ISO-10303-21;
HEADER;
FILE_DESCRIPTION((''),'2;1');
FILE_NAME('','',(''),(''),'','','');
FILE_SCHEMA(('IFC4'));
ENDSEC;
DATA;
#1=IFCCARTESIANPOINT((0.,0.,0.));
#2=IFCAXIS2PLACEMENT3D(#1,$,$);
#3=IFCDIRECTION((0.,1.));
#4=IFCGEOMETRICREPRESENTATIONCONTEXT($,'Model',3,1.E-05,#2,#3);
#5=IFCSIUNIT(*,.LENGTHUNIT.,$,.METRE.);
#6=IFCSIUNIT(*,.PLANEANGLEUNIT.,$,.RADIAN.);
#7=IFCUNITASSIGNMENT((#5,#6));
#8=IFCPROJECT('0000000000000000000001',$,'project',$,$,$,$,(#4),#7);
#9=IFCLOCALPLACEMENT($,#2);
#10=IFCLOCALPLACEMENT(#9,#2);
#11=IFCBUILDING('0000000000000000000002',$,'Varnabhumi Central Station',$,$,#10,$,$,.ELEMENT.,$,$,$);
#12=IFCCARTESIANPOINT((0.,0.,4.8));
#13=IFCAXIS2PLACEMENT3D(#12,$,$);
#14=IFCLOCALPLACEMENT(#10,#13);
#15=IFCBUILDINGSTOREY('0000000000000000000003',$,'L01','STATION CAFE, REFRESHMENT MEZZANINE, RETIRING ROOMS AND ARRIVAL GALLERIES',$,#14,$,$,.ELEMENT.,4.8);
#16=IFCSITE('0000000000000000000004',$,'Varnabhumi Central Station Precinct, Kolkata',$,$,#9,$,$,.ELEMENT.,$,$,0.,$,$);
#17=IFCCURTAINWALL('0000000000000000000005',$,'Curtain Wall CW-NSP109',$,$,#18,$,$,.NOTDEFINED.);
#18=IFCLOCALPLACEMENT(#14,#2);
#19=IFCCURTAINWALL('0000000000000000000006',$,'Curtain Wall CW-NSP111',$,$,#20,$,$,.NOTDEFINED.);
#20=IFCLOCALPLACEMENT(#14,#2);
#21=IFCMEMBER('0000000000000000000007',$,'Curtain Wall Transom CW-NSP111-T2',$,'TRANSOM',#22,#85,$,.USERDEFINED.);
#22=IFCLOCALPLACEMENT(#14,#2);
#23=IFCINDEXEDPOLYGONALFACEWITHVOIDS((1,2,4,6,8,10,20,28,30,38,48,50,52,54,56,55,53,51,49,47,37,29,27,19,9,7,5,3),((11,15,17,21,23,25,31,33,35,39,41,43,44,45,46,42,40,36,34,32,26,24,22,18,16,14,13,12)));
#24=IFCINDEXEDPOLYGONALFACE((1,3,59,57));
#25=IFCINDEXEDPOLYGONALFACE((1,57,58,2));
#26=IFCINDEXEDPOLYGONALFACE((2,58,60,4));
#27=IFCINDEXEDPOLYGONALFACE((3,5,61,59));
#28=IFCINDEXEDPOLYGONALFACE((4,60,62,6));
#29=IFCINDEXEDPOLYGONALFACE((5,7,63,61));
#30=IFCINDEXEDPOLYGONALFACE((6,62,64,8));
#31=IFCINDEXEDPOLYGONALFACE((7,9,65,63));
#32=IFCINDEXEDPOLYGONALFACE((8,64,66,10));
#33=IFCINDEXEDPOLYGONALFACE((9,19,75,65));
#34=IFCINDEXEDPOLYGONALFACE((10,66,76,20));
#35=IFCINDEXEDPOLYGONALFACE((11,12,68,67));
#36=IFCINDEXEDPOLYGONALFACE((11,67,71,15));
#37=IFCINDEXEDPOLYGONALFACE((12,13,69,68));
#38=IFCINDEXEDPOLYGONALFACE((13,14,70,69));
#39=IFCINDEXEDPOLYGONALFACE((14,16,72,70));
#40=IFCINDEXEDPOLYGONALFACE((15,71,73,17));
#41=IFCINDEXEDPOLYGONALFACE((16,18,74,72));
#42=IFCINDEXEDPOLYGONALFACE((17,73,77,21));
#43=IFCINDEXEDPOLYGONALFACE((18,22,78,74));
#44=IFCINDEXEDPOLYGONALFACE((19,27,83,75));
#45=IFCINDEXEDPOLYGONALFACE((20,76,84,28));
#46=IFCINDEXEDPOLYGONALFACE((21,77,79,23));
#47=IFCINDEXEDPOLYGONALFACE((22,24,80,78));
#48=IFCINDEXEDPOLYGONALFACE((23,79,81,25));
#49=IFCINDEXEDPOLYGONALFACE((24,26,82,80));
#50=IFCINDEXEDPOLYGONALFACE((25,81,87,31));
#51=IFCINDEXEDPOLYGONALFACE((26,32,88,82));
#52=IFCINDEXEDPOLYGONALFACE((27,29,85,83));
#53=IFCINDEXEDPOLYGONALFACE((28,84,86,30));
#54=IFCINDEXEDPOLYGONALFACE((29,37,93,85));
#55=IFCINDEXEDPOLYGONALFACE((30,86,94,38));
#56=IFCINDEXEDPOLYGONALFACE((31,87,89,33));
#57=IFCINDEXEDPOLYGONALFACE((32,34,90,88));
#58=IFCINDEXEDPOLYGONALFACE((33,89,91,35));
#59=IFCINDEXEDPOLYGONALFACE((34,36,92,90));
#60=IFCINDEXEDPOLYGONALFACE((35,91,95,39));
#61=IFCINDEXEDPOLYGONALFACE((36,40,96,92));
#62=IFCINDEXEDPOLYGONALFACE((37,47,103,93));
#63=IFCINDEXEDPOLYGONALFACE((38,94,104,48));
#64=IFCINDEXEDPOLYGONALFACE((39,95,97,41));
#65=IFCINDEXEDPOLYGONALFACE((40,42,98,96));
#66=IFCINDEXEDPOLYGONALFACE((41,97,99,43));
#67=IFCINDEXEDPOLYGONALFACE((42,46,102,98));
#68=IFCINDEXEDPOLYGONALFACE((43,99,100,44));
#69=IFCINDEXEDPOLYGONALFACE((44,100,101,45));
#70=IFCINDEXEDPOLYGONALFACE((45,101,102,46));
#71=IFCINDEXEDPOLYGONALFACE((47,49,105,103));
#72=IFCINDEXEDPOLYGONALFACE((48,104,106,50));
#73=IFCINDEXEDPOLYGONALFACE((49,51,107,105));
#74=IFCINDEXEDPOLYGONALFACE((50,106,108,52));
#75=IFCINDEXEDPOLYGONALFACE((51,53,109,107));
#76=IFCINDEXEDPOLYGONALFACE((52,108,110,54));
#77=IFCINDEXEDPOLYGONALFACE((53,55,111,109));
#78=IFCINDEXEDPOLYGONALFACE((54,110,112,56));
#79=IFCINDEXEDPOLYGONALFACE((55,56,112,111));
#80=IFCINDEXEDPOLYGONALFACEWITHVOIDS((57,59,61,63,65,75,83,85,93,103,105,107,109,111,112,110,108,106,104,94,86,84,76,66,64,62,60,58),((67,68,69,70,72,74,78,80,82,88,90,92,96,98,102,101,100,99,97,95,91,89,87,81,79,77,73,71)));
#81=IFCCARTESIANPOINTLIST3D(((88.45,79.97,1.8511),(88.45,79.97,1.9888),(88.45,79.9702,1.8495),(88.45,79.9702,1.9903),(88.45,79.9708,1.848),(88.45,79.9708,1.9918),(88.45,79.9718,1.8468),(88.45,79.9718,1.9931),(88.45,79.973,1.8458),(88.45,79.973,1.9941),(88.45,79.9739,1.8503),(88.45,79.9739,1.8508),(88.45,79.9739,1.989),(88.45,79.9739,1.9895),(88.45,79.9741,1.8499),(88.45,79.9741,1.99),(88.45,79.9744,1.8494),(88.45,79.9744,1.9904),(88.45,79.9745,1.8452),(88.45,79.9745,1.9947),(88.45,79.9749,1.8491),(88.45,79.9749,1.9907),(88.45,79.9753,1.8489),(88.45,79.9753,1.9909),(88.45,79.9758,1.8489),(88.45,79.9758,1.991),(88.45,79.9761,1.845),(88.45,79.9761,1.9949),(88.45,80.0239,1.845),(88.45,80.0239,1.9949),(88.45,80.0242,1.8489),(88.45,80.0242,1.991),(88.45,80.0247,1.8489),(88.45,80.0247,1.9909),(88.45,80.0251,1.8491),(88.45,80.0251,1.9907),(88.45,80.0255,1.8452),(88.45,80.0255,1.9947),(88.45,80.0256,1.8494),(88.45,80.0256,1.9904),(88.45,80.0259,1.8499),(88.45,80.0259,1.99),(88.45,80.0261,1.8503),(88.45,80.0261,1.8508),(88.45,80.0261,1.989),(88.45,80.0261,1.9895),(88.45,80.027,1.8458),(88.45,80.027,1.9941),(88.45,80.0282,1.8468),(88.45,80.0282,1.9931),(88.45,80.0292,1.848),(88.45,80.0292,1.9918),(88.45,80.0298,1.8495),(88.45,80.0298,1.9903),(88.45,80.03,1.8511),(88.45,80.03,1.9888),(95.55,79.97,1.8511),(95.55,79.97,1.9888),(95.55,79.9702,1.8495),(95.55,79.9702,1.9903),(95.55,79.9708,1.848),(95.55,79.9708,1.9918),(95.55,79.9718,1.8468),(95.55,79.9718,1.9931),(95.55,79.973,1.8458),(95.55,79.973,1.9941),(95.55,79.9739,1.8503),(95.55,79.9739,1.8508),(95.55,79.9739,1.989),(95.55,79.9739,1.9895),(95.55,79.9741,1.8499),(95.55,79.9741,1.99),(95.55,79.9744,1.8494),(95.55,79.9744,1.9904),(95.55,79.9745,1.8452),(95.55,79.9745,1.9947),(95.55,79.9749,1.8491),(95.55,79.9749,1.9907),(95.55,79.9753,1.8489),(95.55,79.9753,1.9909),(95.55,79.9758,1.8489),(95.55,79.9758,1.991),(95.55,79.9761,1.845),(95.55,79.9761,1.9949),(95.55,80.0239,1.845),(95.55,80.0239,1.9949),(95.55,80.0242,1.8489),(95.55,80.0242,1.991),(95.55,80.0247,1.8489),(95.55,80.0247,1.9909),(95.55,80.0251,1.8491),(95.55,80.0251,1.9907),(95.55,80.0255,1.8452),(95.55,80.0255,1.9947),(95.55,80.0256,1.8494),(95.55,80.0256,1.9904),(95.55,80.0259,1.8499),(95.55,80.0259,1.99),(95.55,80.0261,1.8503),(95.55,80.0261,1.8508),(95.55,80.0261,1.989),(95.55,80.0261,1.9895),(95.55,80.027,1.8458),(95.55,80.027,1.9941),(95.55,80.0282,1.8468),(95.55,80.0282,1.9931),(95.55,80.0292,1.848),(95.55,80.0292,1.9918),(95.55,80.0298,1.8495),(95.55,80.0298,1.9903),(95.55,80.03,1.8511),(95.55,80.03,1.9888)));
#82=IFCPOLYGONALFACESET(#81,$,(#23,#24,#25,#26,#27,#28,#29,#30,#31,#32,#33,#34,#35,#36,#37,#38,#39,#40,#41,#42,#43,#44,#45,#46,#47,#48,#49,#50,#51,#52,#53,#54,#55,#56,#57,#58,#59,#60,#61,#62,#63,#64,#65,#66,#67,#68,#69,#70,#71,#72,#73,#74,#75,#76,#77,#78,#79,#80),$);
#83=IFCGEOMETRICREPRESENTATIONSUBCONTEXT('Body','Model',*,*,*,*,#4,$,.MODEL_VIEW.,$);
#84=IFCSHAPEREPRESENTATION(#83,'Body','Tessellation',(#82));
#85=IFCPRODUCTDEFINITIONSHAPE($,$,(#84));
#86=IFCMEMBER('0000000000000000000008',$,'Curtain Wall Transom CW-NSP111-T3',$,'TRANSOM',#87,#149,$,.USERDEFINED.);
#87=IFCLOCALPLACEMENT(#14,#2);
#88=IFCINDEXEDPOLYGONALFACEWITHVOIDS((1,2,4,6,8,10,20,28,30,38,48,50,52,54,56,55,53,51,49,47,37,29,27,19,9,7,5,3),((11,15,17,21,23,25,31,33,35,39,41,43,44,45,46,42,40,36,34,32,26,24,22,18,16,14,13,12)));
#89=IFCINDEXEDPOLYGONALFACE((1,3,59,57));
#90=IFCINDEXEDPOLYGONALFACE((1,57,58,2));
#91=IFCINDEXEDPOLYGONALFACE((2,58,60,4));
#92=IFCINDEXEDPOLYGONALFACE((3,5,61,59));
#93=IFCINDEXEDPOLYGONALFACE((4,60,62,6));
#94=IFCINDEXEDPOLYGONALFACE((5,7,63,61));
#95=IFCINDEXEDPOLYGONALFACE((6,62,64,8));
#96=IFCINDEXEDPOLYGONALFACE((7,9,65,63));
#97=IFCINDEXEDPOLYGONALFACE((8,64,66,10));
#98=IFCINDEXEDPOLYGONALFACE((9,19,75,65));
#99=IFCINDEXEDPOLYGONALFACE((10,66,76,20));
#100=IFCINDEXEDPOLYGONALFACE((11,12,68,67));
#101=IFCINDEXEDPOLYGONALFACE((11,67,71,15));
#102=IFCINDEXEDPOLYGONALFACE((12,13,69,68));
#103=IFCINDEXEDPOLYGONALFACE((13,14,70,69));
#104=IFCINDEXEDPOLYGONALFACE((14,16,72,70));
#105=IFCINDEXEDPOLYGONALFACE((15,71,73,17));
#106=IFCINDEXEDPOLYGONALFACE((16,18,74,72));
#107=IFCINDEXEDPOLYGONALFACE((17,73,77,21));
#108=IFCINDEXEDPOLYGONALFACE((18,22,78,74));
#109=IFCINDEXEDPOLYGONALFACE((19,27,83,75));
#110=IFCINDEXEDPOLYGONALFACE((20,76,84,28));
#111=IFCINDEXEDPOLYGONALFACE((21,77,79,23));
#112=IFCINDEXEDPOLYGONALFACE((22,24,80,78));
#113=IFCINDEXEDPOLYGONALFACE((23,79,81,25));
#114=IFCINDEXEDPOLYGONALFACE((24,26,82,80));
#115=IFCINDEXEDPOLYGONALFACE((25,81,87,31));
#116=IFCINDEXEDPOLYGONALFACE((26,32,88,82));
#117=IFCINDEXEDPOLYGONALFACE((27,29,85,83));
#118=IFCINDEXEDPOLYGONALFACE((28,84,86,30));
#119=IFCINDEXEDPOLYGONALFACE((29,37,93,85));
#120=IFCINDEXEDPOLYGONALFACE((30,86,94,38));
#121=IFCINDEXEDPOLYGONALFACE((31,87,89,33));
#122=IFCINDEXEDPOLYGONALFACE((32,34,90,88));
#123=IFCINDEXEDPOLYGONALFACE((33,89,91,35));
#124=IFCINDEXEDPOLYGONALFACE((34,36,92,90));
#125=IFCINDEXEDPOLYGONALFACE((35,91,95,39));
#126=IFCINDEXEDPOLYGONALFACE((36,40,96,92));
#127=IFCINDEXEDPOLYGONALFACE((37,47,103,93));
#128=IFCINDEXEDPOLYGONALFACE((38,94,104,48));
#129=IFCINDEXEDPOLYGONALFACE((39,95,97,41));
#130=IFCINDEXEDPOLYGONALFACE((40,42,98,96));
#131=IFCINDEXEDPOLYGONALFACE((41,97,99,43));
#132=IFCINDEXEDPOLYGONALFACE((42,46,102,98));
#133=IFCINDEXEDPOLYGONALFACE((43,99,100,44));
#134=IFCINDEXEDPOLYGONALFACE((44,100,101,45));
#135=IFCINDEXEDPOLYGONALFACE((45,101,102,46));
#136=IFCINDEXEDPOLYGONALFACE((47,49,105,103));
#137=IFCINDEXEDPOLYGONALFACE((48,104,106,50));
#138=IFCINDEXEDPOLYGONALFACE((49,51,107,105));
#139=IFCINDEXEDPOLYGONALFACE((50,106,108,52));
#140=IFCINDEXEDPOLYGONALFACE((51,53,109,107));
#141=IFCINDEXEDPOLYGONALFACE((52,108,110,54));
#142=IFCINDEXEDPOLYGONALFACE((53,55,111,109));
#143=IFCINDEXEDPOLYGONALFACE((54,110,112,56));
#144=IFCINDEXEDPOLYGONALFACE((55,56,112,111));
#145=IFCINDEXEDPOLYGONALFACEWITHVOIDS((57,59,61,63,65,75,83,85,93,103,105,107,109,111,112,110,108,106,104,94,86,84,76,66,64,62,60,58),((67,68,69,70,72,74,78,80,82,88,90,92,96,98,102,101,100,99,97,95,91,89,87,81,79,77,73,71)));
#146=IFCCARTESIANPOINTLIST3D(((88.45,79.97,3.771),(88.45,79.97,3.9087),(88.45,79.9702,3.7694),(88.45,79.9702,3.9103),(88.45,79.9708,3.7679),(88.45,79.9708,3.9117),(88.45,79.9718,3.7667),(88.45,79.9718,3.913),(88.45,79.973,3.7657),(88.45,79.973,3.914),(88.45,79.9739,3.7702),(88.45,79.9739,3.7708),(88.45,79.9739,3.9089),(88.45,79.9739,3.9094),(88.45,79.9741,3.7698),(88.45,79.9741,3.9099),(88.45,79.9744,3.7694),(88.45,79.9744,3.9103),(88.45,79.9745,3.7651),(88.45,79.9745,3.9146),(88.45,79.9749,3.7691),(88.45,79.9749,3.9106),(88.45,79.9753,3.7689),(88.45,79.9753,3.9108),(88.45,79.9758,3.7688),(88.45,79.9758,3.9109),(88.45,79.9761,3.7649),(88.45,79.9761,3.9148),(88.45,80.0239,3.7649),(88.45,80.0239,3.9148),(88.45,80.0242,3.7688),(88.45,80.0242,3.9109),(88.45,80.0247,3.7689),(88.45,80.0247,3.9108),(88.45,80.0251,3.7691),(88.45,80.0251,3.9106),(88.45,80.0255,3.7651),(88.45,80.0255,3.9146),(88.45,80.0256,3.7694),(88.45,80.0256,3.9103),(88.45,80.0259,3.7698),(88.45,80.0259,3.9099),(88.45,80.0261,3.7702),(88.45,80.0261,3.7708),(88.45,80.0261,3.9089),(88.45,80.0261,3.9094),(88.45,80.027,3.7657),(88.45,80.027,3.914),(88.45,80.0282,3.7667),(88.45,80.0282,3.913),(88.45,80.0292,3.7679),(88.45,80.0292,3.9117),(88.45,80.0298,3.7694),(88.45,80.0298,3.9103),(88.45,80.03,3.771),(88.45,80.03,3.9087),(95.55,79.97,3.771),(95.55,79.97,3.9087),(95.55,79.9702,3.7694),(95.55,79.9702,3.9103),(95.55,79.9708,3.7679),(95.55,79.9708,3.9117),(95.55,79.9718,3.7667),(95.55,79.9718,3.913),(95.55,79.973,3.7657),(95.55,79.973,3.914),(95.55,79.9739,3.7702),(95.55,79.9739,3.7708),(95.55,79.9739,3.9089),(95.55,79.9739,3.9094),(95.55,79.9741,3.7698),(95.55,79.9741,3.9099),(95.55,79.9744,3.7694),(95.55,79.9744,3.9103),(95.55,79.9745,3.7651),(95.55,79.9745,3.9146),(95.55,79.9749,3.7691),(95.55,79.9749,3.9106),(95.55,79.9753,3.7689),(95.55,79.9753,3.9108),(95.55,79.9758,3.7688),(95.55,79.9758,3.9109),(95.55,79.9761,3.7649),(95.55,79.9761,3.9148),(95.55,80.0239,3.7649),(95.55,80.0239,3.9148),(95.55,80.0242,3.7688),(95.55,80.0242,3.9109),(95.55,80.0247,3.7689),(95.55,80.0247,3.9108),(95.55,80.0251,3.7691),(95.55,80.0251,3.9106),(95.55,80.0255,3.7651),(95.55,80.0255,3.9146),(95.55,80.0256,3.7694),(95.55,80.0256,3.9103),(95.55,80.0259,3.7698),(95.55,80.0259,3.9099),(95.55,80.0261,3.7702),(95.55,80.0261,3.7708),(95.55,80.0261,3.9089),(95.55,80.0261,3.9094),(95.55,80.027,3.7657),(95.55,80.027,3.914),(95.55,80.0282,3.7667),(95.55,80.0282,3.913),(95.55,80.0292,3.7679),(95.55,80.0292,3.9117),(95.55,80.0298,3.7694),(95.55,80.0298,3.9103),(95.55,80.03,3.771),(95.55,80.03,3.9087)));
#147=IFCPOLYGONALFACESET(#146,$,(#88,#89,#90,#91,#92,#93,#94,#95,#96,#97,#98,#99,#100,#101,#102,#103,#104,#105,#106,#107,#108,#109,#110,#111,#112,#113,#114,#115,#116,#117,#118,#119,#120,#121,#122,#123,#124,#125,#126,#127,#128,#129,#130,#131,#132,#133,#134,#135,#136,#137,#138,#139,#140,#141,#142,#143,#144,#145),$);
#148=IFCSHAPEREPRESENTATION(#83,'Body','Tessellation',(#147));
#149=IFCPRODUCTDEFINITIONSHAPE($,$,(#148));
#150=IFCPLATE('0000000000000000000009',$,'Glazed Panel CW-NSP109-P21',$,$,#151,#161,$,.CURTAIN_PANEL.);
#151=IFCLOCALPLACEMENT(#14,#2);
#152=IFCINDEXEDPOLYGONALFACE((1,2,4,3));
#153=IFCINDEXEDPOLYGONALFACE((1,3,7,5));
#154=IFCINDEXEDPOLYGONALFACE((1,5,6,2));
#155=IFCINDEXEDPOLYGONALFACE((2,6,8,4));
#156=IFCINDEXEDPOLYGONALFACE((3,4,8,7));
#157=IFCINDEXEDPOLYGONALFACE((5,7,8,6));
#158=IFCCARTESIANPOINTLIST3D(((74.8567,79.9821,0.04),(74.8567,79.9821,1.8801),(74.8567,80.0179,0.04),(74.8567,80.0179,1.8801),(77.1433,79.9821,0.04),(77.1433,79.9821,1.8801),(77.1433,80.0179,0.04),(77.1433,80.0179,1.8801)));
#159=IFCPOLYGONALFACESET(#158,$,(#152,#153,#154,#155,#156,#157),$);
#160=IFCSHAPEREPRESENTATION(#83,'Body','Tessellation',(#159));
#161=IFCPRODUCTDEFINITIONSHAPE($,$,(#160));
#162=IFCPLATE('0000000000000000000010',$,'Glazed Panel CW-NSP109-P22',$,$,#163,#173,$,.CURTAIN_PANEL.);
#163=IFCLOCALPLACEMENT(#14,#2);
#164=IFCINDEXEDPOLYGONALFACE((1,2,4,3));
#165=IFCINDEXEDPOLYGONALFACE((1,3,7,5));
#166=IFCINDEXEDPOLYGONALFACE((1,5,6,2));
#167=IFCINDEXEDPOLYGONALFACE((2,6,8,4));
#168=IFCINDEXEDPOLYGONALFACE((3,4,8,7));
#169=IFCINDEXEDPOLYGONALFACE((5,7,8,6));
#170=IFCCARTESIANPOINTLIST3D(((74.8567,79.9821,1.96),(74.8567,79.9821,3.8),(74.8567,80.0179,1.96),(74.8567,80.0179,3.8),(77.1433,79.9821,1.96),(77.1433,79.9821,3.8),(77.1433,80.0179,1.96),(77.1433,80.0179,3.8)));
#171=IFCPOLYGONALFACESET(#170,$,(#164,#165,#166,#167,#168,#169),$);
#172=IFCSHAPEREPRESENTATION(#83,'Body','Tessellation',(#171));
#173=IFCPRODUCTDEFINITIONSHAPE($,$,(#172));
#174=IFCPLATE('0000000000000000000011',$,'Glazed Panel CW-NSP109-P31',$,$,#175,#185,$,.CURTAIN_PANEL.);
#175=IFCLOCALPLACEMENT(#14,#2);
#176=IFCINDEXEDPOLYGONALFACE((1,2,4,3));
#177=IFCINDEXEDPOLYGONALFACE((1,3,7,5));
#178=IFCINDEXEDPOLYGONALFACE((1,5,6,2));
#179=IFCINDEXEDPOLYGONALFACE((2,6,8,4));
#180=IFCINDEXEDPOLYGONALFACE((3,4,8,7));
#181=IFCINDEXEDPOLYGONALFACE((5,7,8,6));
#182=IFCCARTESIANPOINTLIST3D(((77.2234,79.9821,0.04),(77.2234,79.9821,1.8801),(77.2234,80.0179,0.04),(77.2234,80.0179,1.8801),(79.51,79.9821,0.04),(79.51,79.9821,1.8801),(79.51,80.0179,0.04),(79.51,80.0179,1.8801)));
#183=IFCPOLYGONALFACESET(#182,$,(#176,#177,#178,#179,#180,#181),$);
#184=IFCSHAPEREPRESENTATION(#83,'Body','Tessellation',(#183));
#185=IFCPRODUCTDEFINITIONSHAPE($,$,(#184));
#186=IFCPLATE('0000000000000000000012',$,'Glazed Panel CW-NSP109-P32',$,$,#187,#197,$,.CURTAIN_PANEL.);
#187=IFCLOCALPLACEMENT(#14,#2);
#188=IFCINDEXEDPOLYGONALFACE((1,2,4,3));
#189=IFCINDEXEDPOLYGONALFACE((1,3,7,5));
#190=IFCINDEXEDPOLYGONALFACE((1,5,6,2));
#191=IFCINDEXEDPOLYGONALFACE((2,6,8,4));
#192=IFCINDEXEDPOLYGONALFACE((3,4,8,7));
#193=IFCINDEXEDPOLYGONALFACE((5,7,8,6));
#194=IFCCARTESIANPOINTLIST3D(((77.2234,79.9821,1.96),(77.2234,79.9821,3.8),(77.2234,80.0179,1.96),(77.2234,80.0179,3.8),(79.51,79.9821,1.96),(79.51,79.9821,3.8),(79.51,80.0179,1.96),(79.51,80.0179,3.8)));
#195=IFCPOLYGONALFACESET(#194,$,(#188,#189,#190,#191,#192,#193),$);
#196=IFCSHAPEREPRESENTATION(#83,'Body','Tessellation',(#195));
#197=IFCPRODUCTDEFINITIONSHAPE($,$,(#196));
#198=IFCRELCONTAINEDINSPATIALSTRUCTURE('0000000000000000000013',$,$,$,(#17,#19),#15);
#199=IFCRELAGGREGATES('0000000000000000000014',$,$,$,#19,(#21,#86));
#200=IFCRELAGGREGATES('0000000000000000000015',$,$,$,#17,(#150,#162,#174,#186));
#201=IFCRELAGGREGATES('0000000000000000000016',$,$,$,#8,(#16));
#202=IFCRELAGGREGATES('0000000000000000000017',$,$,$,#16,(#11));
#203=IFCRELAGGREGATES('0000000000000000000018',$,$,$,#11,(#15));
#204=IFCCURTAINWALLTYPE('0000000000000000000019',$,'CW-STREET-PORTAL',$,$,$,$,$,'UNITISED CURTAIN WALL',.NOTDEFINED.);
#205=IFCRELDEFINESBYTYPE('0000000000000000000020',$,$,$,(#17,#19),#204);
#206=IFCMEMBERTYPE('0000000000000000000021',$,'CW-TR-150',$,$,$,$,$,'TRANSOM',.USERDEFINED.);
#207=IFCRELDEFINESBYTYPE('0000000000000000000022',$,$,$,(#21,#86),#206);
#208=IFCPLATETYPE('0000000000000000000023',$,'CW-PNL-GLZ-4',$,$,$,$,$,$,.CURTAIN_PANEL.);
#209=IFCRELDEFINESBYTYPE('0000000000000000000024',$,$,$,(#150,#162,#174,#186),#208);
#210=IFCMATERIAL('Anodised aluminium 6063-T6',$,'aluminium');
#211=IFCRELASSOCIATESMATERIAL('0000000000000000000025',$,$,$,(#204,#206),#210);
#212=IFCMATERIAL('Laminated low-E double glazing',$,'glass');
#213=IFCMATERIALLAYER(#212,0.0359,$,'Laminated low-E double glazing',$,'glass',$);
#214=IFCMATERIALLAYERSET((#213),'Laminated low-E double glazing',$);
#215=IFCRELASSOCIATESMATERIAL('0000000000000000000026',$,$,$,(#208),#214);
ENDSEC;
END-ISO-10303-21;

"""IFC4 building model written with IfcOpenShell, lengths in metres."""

from ifc_helpers import new_model, si_unit, direction, frame, origin, origin_2d, place, context, subcontext, project, spatial, rectangle, hollow_rectangle, extrude, material, layer, layer_set, material_profile, profile_set, type_object, element, aggregate, save


model = new_model("IFC4")

# Units and contexts
model_context = context("Model", 3, precision=1e-05, world=origin(), true_north=direction((0.0, 1.0)))
body_context = subcontext(model_context, "Body", "Model", "MODEL_VIEW")
ifc_project = project(units=[si_unit("LENGTHUNIT", "METRE"), si_unit("PLANEANGLEUNIT", "RADIAN")], contexts=[model_context])

# Site, building, storey
site_placement = place(None, origin())
site = spatial("IfcSite", under=ifc_project, at=site_placement, Name="Varnabhumi Central Station Precinct, Kolkata", CompositionType="ELEMENT", RefElevation=0.0)
building_placement = place(site_placement, origin())
building = spatial("IfcBuilding", under=site, at=building_placement, Name="Varnabhumi Central Station", CompositionType="ELEMENT")
storey_placement = place(building_placement, frame((0.0, 0.0, 4.8)))
storey = spatial("IfcBuildingStorey", under=building, at=storey_placement, Name="L01", Description="STATION CAFE, REFRESHMENT MEZZANINE, RETIRING ROOMS AND ARRIVAL GALLERIES", CompositionType="ELEMENT", Elevation=4.8)

# Curtain wall
ifc_material_1 = material(Name="Anodised aluminium 6063-T6", Category="aluminium")
curtain_wall_type_1 = type_object("IfcCurtainWallType", Name="CW-STREET-PORTAL", ElementType="UNITISED CURTAIN WALL", PredefinedType="NOTDEFINED", material=ifc_material_1)
curtain_wall_1_placement = place(storey_placement, origin())
curtain_wall_1 = element("IfcCurtainWall", 1, at=curtain_wall_1_placement, inside=storey, type_object=curtain_wall_type_1, Name="Curtain Wall CW-NSP109", PredefinedType="NOTDEFINED")

# Curtain wall
curtain_wall_2_placement = place(storey_placement, origin())
curtain_wall_2 = element("IfcCurtainWall", 2, at=curtain_wall_2_placement, inside=storey, type_object=curtain_wall_type_1, Name="Curtain Wall CW-NSP111", PredefinedType="NOTDEFINED")

# Members
ifc_material_profile_1 = material_profile(ifc_material_1, hollow_rectangle(XDim=0.0601, YDim=0.1499, WallThickness=0.0039, InnerFilletRadius=0.002, OuterFilletRadius=0.0061, at=origin_2d()), Name="Anodised aluminium 6063-T6", Category="aluminium")
ifc_profile_set_1 = profile_set([ifc_material_profile_1], Name="Anodised aluminium 6063-T6")
member_type_1 = type_object("IfcMemberType", Name="CW-TR-150", ElementType="TRANSOM", PredefinedType="USERDEFINED", material=ifc_profile_set_1)
member_1_placement = place(storey_placement, frame((88.45, 80.0, 1.9199), z_axis=(1.0, 0.0, 0.0), x_axis=(0.0, 1.0, 0.0)))
member_1 = element("IfcMember", 3, at=member_1_placement, type_object=member_type_1, Name="Curtain Wall Transom CW-NSP111-T2", ObjectType="TRANSOM", PredefinedType="USERDEFINED", context=body_context, shape_type="SweptSolid", body=[
    extrude(hollow_rectangle(XDim=0.0601, YDim=0.1499, WallThickness=0.0039, InnerFilletRadius=0.002, OuterFilletRadius=0.0061, at=origin_2d()), origin(), (0.0, 0.0, 1.0), 7.1001),
])
member_2_placement = place(storey_placement, frame((88.45, 80.0, 3.8398), z_axis=(1.0, 0.0, 0.0), x_axis=(0.0, 1.0, 0.0)))
member_2 = element("IfcMember", 4, at=member_2_placement, type_object=member_type_1, Name="Curtain Wall Transom CW-NSP111-T3", ObjectType="TRANSOM", PredefinedType="USERDEFINED", context=body_context, shape_type="SweptSolid", body=[
    extrude(hollow_rectangle(XDim=0.0601, YDim=0.1499, WallThickness=0.0039, InnerFilletRadius=0.002, OuterFilletRadius=0.0061, at=origin_2d()), origin(), (0.0, 0.0, 1.0), 7.1001),
])
aggregate(curtain_wall_2, [member_1, member_2])

# Plates
ifc_material_2 = material(Name="Laminated low-E double glazing", Category="glass")
ifc_layer_1 = layer(ifc_material_2, 0.0359, Name="Laminated low-E double glazing", Category="glass")
ifc_layer_set_1 = layer_set([ifc_layer_1], Name="Laminated low-E double glazing")
plate_type_1 = type_object("IfcPlateType", Name="CW-PNL-GLZ-4", PredefinedType="CURTAIN_PANEL", material=ifc_layer_set_1)
plate_1_placement = place(storey_placement, frame((76.0, 80.0, 0.04), z_axis=(0.0, 0.0, 1.0), x_axis=(1.0, 0.0, 0.0)))
plate_1 = element("IfcPlate", 5, at=plate_1_placement, type_object=plate_type_1, Name="Glazed Panel CW-NSP109-P21", PredefinedType="CURTAIN_PANEL", context=body_context, shape_type="SweptSolid", body=[
    extrude(rectangle(XDim=2.2866, YDim=0.0359, at=origin_2d()), origin(), (0.0, 0.0, 1.0), 1.8401),
])
plate_2_placement = place(storey_placement, frame((76.0, 80.0, 1.96), z_axis=(0.0, 0.0, 1.0), x_axis=(1.0, 0.0, 0.0)))
plate_2 = element("IfcPlate", 6, at=plate_2_placement, type_object=plate_type_1, Name="Glazed Panel CW-NSP109-P22", PredefinedType="CURTAIN_PANEL", context=body_context, shape_type="SweptSolid", body=[
    extrude(rectangle(XDim=2.2866, YDim=0.0359, at=origin_2d()), origin(), (0.0, 0.0, 1.0), 1.8401),
])
plate_3_placement = place(storey_placement, frame((78.3667, 80.0, 0.04), z_axis=(0.0, 0.0, 1.0), x_axis=(1.0, 0.0, 0.0)))
plate_3 = element("IfcPlate", 7, at=plate_3_placement, type_object=plate_type_1, Name="Glazed Panel CW-NSP109-P31", PredefinedType="CURTAIN_PANEL", context=body_context, shape_type="SweptSolid", body=[
    extrude(rectangle(XDim=2.2866, YDim=0.0359, at=origin_2d()), origin(), (0.0, 0.0, 1.0), 1.8401),
])
plate_4_placement = place(storey_placement, frame((78.3667, 80.0, 1.96), z_axis=(0.0, 0.0, 1.0), x_axis=(1.0, 0.0, 0.0)))
plate_4 = element("IfcPlate", 8, at=plate_4_placement, type_object=plate_type_1, Name="Glazed Panel CW-NSP109-P32", PredefinedType="CURTAIN_PANEL", context=body_context, shape_type="SweptSolid", body=[
    extrude(rectangle(XDim=2.2866, YDim=0.0359, at=origin_2d()), origin(), (0.0, 0.0, 1.0), 1.8401),
])
aggregate(curtain_wall_1, [plate_1, plate_2, plate_3, plate_4])

save(model, "model.ifc")
